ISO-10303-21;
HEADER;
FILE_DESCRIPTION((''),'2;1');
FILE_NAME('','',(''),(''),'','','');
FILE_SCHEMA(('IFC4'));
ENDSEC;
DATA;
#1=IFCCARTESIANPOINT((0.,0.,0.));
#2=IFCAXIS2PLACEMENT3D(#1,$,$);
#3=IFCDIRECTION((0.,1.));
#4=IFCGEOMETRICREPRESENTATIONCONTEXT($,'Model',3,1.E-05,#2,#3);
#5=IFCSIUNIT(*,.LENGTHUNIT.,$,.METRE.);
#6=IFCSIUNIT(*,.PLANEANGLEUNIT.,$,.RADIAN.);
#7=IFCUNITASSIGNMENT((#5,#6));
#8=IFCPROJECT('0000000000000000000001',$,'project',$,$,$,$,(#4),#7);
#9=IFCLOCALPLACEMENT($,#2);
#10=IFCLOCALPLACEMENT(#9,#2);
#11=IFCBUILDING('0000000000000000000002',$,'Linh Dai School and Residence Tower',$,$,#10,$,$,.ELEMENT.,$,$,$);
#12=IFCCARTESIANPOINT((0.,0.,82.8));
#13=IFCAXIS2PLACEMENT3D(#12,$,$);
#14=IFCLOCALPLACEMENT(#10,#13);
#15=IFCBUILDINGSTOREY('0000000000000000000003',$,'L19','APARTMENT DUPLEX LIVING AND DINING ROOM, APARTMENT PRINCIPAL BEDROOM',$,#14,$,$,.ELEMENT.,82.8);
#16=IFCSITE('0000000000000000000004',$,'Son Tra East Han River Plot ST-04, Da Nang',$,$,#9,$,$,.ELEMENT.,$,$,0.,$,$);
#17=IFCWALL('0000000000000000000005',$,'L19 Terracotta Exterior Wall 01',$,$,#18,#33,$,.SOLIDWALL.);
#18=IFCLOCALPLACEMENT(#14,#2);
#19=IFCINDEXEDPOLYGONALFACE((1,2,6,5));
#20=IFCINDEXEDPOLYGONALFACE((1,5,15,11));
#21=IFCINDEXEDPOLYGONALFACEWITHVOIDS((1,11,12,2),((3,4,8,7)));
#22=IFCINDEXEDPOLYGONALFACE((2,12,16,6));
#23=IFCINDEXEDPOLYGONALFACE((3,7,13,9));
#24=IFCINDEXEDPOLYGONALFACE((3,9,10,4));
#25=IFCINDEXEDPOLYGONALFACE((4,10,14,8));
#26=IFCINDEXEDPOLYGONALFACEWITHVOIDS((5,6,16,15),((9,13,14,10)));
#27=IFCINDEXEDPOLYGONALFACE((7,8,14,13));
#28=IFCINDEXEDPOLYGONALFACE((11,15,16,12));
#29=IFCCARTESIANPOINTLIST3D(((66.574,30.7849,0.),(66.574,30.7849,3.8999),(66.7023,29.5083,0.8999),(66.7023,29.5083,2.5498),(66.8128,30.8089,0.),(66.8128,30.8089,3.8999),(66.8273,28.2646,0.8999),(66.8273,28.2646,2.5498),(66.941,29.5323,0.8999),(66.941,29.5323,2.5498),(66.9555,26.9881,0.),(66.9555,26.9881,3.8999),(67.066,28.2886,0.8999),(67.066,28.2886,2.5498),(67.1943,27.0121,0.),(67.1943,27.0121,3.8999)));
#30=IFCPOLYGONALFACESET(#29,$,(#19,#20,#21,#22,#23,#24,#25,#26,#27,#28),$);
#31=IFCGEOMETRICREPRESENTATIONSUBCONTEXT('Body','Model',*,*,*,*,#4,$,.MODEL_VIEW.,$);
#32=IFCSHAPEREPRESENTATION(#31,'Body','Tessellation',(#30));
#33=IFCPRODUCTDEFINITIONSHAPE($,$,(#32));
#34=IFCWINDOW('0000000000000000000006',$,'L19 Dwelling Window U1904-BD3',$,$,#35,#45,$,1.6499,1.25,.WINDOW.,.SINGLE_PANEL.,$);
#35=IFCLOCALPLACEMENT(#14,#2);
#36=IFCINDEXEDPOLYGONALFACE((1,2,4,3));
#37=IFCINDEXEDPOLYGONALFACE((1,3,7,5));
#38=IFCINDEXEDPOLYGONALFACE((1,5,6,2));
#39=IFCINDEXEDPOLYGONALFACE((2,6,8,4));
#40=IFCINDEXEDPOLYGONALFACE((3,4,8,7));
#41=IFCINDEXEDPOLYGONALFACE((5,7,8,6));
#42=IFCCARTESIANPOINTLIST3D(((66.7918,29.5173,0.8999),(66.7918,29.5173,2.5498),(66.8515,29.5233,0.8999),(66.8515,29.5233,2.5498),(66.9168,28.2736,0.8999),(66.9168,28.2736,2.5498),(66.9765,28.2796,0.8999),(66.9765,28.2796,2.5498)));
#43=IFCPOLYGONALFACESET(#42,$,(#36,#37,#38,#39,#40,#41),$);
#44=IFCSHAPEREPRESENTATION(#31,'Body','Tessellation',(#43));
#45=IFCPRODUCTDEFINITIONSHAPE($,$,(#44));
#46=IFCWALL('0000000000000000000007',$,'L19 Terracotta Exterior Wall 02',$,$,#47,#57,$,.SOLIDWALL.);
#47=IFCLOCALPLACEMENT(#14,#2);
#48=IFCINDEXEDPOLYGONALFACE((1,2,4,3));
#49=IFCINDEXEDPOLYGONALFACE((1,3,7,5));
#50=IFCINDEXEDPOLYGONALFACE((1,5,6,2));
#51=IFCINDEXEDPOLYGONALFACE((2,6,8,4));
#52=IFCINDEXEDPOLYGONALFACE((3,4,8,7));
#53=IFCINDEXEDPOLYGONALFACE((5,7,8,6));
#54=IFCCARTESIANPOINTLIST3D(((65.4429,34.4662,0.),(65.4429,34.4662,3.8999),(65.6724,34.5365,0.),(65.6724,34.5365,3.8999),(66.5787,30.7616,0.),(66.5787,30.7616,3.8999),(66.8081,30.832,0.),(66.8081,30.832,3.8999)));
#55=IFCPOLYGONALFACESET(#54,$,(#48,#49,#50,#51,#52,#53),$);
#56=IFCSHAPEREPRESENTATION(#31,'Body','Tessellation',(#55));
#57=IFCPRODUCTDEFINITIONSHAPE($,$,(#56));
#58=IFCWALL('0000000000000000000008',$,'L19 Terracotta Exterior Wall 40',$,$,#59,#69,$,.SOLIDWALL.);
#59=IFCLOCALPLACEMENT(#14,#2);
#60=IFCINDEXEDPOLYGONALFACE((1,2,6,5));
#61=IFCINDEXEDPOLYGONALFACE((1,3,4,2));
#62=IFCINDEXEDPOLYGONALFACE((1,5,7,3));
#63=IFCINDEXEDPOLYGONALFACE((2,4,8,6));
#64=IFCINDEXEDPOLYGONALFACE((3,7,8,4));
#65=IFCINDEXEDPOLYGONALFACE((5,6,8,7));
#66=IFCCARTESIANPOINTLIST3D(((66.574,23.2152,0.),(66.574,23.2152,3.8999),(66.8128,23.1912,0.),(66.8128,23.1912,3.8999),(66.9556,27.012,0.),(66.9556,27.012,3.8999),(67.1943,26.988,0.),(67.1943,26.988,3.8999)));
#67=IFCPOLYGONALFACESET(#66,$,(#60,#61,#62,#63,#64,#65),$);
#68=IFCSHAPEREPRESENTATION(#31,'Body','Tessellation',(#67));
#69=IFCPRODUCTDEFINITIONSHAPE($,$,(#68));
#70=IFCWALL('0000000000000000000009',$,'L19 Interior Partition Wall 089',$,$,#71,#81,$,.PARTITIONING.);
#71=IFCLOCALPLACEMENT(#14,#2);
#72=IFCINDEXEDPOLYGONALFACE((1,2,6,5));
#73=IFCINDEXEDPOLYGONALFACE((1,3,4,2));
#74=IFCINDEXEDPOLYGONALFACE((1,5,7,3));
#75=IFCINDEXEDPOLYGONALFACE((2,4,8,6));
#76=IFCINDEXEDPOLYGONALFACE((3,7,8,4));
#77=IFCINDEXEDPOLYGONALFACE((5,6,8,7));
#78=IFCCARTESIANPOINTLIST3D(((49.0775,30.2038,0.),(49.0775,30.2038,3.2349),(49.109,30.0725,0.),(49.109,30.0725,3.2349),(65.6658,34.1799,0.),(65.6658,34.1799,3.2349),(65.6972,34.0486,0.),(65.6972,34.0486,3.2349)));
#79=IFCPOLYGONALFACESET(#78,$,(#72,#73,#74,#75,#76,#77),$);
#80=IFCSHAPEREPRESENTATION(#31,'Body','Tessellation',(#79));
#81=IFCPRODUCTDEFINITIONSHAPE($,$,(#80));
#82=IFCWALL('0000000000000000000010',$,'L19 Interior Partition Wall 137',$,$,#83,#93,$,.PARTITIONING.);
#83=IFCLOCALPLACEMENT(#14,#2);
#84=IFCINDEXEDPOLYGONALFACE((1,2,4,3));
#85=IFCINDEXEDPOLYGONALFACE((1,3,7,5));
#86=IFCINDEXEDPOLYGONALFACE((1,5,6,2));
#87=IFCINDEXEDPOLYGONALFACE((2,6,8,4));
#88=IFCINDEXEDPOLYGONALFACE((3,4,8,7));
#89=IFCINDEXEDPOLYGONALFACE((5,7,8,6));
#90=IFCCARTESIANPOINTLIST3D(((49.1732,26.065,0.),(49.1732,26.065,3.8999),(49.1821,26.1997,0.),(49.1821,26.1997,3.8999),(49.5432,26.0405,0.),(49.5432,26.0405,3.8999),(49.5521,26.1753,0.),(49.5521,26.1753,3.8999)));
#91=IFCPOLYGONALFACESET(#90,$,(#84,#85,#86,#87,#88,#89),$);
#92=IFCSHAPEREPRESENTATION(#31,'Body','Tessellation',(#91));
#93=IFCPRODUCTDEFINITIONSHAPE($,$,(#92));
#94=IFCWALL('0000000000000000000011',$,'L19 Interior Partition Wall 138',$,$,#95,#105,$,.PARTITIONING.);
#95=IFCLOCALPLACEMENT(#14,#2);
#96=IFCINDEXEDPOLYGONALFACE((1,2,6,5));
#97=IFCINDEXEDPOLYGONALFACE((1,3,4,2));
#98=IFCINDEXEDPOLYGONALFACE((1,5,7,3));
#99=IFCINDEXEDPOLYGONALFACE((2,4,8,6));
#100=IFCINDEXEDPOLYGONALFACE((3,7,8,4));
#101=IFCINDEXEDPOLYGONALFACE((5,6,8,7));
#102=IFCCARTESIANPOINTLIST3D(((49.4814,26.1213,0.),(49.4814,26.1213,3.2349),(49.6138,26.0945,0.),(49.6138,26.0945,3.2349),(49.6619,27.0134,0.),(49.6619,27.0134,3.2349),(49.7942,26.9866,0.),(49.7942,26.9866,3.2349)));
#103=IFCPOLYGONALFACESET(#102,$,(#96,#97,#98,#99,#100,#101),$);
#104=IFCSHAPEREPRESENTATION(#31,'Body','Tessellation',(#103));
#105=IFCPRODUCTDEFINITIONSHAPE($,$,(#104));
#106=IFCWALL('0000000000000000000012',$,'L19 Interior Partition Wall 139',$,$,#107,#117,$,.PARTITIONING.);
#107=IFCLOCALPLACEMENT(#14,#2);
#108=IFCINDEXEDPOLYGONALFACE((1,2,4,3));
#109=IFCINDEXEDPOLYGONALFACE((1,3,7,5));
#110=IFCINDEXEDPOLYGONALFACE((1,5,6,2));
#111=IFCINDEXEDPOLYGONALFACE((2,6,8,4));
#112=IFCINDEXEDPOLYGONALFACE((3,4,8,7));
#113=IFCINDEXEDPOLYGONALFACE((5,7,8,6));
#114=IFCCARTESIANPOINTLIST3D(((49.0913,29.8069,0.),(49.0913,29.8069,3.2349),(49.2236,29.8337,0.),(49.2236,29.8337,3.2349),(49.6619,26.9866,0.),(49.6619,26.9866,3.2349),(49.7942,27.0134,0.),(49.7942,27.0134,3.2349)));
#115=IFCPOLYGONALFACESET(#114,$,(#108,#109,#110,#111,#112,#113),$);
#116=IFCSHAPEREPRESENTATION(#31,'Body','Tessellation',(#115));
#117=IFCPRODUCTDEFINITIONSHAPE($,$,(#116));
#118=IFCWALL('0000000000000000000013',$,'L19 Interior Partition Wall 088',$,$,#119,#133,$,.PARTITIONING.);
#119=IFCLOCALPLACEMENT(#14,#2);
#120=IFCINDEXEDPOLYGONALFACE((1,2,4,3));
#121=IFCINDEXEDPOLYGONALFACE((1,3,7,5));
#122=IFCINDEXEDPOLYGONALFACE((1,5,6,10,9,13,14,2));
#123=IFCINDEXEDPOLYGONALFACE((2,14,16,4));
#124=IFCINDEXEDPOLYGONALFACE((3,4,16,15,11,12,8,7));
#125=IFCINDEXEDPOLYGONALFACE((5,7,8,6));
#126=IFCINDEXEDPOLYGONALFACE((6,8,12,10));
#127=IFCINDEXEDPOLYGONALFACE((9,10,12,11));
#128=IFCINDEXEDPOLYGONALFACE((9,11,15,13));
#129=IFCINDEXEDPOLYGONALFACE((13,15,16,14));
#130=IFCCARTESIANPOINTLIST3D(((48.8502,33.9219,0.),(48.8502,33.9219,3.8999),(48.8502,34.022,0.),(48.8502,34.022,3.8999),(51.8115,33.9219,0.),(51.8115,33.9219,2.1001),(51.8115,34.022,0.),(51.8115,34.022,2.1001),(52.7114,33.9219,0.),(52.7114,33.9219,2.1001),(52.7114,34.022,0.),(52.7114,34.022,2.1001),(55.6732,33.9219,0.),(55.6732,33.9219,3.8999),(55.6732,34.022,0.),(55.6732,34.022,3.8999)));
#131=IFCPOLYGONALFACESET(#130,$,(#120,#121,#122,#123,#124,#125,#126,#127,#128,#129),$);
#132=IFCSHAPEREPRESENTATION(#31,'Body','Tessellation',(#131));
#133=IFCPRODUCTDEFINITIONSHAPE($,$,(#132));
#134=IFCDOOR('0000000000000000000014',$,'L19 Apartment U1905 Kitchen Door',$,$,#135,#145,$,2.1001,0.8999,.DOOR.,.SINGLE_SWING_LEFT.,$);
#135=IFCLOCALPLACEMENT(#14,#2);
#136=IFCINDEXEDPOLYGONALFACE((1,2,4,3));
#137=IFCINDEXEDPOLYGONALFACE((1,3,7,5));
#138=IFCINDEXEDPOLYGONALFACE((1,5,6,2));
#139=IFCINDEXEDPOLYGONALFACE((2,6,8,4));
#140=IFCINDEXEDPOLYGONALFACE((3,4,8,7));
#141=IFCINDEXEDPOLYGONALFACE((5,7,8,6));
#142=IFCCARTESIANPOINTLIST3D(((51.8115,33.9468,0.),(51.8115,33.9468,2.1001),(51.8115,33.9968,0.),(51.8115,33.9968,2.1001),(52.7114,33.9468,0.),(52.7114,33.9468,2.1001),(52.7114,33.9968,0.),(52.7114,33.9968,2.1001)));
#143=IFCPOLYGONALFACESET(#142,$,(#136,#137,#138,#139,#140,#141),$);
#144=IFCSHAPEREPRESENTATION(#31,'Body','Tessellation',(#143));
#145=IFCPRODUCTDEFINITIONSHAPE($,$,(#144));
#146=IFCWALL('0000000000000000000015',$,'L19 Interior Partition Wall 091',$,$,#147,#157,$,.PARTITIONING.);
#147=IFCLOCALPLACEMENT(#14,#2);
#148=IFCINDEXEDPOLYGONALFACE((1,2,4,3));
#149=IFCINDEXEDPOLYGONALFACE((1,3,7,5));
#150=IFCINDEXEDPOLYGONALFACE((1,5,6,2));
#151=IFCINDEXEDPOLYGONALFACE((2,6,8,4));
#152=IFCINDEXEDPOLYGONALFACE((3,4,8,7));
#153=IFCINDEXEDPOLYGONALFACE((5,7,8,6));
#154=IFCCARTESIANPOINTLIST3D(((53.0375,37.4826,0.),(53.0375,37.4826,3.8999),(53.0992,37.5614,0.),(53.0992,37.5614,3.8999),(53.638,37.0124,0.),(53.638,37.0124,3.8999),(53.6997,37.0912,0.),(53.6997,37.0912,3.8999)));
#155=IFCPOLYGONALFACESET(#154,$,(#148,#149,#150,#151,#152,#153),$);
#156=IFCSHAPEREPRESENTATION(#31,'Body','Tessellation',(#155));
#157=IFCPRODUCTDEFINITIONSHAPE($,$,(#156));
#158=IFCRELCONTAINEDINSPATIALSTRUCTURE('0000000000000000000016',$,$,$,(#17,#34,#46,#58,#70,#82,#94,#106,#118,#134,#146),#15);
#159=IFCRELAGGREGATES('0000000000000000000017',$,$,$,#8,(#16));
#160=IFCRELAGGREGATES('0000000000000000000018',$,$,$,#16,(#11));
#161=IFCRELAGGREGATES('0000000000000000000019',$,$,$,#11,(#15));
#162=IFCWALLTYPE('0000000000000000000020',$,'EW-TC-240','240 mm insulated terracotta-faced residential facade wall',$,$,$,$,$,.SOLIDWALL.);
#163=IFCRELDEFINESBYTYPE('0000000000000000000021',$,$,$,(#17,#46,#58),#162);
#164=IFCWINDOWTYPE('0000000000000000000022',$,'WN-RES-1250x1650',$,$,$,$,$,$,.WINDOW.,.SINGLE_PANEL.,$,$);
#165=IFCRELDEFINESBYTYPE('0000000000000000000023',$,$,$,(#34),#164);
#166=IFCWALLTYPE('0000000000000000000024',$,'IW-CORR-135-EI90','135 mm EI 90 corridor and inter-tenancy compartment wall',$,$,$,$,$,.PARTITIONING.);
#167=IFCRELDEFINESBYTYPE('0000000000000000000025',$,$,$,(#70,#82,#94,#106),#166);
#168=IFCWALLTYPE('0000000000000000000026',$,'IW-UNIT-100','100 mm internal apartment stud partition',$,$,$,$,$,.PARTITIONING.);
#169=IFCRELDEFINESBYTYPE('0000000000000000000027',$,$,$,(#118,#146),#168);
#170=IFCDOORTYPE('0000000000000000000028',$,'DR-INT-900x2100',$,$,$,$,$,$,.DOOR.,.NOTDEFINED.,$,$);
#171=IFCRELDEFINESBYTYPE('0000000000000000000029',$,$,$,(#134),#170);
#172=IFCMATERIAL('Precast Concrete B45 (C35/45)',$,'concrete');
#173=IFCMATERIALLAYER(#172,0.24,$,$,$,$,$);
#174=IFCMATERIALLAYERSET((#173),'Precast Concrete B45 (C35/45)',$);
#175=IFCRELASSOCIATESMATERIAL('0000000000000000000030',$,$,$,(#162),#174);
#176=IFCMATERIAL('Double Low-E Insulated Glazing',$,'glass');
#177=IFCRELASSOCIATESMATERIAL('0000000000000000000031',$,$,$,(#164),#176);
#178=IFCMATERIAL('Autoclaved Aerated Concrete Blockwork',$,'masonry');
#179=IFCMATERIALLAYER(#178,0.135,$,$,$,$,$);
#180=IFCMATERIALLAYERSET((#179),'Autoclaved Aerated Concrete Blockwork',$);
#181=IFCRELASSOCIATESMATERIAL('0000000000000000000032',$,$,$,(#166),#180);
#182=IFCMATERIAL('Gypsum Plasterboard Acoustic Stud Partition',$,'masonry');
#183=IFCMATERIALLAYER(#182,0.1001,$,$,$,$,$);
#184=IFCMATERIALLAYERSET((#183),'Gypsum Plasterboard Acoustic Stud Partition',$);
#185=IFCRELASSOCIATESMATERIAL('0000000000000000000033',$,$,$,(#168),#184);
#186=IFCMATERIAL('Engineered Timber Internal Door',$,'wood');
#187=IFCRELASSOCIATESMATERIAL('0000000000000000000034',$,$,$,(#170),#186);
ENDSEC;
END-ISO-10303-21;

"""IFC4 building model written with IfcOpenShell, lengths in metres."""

from ifc_helpers import new_model, si_unit, direction, frame, frame_2d, origin, origin_2d, place, context, subcontext, project, spatial, rectangle, extrude, source, transform, mapped, material, layer, layer_set, type_object, element, fill, save


model = new_model("IFC4")

# Units and contexts
model_context = context("Model", 3, precision=1e-05, world=origin(), true_north=direction((0.0, 1.0)))
body_context = subcontext(model_context, "Body", "Model", "MODEL_VIEW")
ifc_project = project(units=[si_unit("LENGTHUNIT", "METRE"), si_unit("PLANEANGLEUNIT", "RADIAN")], contexts=[model_context])

# Site, building, storey
site_placement = place(None, origin())
site = spatial("IfcSite", under=ifc_project, at=site_placement, Name="Son Tra East Han River Plot ST-04, Da Nang", CompositionType="ELEMENT", RefElevation=0.0)
building_placement = place(site_placement, origin())
building = spatial("IfcBuilding", under=site, at=building_placement, Name="Linh Dai School and Residence Tower", CompositionType="ELEMENT")
storey_placement = place(building_placement, frame((0.0, 0.0, 82.8)))
storey = spatial("IfcBuildingStorey", under=building, at=storey_placement, Name="L19", Description="APARTMENT DUPLEX LIVING AND DINING ROOM, APARTMENT PRINCIPAL BEDROOM", CompositionType="ELEMENT", Elevation=82.8)

# Shared definitions
ifc_material_1 = material(Name="Precast Concrete B45 (C35/45)", Category="concrete")

# Wall, opening, window
ifc_layer_1 = layer(ifc_material_1, 0.24)
ifc_layer_set_1 = layer_set([ifc_layer_1], Name="Precast Concrete B45 (C35/45)")
wall_type_1 = type_object("IfcWallType", Name="EW-TC-240", Description="240 mm insulated terracotta-faced residential facade wall", PredefinedType="SOLIDWALL", material=ifc_layer_set_1)
wall_1_placement = place(storey_placement, frame((66.6934, 30.7969, 0.0), z_axis=(0.0, 0.0, 1.0), x_axis=(0.099998, -0.994988, 0.0)))
wall_1 = element("IfcWall", 1, at=wall_1_placement, inside=storey, type_object=wall_type_1, Name="L19 Terracotta Exterior Wall 01", PredefinedType="SOLIDWALL", context=body_context, shape_type="SweptSolid", body=[
    extrude(rectangle(XDim=3.8159, YDim=0.24, at=frame_2d((1.908, 0.0))), origin(), (0.0, 0.0, 1.0), 3.8999),
])
opening_1_placement = place(wall_1_placement, frame((1.283, 0.0, 0.8999)))
opening_1 = element("IfcOpeningElement", 2, at=opening_1_placement, cuts=wall_1, PredefinedType="OPENING", context=body_context, shape_type="SweptSolid", body=[
    extrude(rectangle(XDim=1.25, YDim=1.6499, at=origin_2d()), frame((0.625, 0.1299, 0.825), z_axis=(0.0, -1.0, 0.0), x_axis=(1.0, 0.0, 0.0)), (0.0, 0.0, 1.0), 0.26),
])
ifc_material_2 = material(Name="Double Low-E Insulated Glazing", Category="glass")
window_type = type_object("IfcWindowType", Name="WN-RES-1250x1650", PartitioningType="SINGLE_PANEL", PredefinedType="WINDOW", material=ifc_material_2)
shared_shape_1 = source(origin(), body_context, "Body", "SweptSolid", [
    extrude(rectangle(XDim=1.25, YDim=1.6499, at=origin_2d()), frame((0.625, 0.03, 0.825), z_axis=(0.0, -1.0, 0.0), x_axis=(1.0, 0.0, 0.0)), (0.0, 0.0, 1.0), 0.0601),
])
window_placement = place(opening_1_placement, origin())
window = element("IfcWindow", 3, at=window_placement, inside=storey, type_object=window_type, Name="L19 Dwelling Window U1904-BD3", OverallHeight=1.6499, OverallWidth=1.25, PartitioningType="SINGLE_PANEL", PredefinedType="WINDOW", context=body_context, shape_type="MappedRepresentation", body=[
    mapped(shared_shape_1, transform((0.0, 0.0, 0.0), x_axis=(1.0, 0.0, 0.0), y_axis=(0.0, 1.0, 0.0), z_axis=(0.0, 0.0, 1.0), scale=1.0)),
])
fill(opening_1, window)

# Walls
wall_2_placement = place(storey_placement, frame((65.5576, 34.5015, 0.0), z_axis=(0.0, 0.0, 1.0), x_axis=(0.293112, -0.956078, 0.0)))
element("IfcWall", 4, at=wall_2_placement, inside=storey, type_object=wall_type_1, Name="L19 Terracotta Exterior Wall 02", PredefinedType="SOLIDWALL", context=body_context, shape_type="SweptSolid", body=[
    extrude(rectangle(XDim=3.8748, YDim=0.24, at=frame_2d((1.9375, 0.0))), origin(), (0.0, 0.0, 1.0), 3.8999),
])
wall_3_placement = place(storey_placement, frame((67.075, 27.0, 0.0), z_axis=(0.0, 0.0, 1.0), x_axis=(-0.099998, -0.994988, 0.0)))
element("IfcWall", 5, at=wall_3_placement, inside=storey, type_object=wall_type_1, Name="L19 Terracotta Exterior Wall 40", PredefinedType="SOLIDWALL", context=body_context, shape_type="SweptSolid", body=[
    extrude(rectangle(XDim=3.8159, YDim=0.24, at=frame_2d((1.908, 0.0))), origin(), (0.0, 0.0, 1.0), 3.8999),
])
ifc_material_3 = material(Name="Autoclaved Aerated Concrete Blockwork", Category="masonry")
ifc_layer_2 = layer(ifc_material_3, 0.135)
ifc_layer_set_2 = layer_set([ifc_layer_2], Name="Autoclaved Aerated Concrete Blockwork")
wall_type_2 = type_object("IfcWallType", Name="IW-CORR-135-EI90", Description="135 mm EI 90 corridor and inter-tenancy compartment wall", PredefinedType="PARTITIONING", material=ifc_layer_set_2)
wall_4_placement = place(storey_placement, frame((49.0933, 30.1382, 0.0), z_axis=(0.0, 0.0, 1.0), x_axis=(0.972455, 0.233091, 0.0)))
element("IfcWall", 6, at=wall_4_placement, inside=storey, type_object=wall_type_2, Name="L19 Interior Partition Wall 089", PredefinedType="PARTITIONING", context=body_context, shape_type="SweptSolid", body=[
    extrude(rectangle(XDim=17.0581, YDim=0.135, at=frame_2d((8.5291, 0.0))), origin(), (0.0, 0.0, 1.0), 3.2349),
])
wall_5_placement = place(storey_placement, frame((49.1775, 26.1323, 0.0), z_axis=(0.0, 0.0, 1.0), x_axis=(0.997832, -0.06582, 0.0)))
element("IfcWall", 7, at=wall_5_placement, inside=storey, type_object=wall_type_2, Name="L19 Interior Partition Wall 137", PredefinedType="PARTITIONING", context=body_context, shape_type="SweptSolid", body=[
    extrude(rectangle(XDim=0.3708, YDim=0.135, at=frame_2d((0.1855, 0.0))), origin(), (0.0, 0.0, 1.0), 3.8999),
])
wall_6_placement = place(storey_placement, frame((49.5476, 26.1079, 0.0), z_axis=(0.0, 0.0, 1.0), x_axis=(0.198231, 0.980155, 0.0)))
element("IfcWall", 8, at=wall_6_placement, inside=storey, type_object=wall_type_2, Name="L19 Interior Partition Wall 138", PredefinedType="PARTITIONING", context=body_context, shape_type="SweptSolid", body=[
    extrude(rectangle(XDim=0.9102, YDim=0.135, at=frame_2d((0.4551, 0.0))), origin(), (0.0, 0.0, 1.0), 3.2349),
])
wall_7_placement = place(storey_placement, frame((49.728, 27.0, 0.0), z_axis=(0.0, 0.0, 1.0), x_axis=(-0.198286, 0.980144, 0.0)))
element("IfcWall", 9, at=wall_7_placement, inside=storey, type_object=wall_type_2, Name="L19 Interior Partition Wall 139", PredefinedType="PARTITIONING", context=body_context, shape_type="SweptSolid", body=[
    extrude(rectangle(XDim=2.8774, YDim=0.135, at=frame_2d((1.4387, 0.0))), origin(), (0.0, 0.0, 1.0), 3.2349),
])

# Wall, opening, door
ifc_material_4 = material(Name="Gypsum Plasterboard Acoustic Stud Partition", Category="masonry")
ifc_layer_3 = layer(ifc_material_4, 0.1001)
ifc_layer_set_3 = layer_set([ifc_layer_3], Name="Gypsum Plasterboard Acoustic Stud Partition")
wall_type_3 = type_object("IfcWallType", Name="IW-UNIT-100", Description="100 mm internal apartment stud partition", PredefinedType="PARTITIONING", material=ifc_layer_set_3)
wall_8_placement = place(storey_placement, frame((48.8501, 33.9719, 0.0), z_axis=(0.0, 0.0, 1.0), x_axis=(1.0, 0.0, 0.0)))
wall_8 = element("IfcWall", 10, at=wall_8_placement, inside=storey, type_object=wall_type_3, Name="L19 Interior Partition Wall 088", PredefinedType="PARTITIONING", context=body_context, shape_type="SweptSolid", body=[
    extrude(rectangle(XDim=6.823, YDim=0.1001, at=frame_2d((3.4116, 0.0))), origin(), (0.0, 0.0, 1.0), 3.8999),
])
opening_2_placement = place(wall_8_placement, frame((2.9614, 0.0, 0.0)))
opening_2 = element("IfcOpeningElement", 11, at=opening_2_placement, cuts=wall_8, PredefinedType="OPENING", context=body_context, shape_type="SweptSolid", body=[
    extrude(rectangle(XDim=0.8999, YDim=2.1001, at=origin_2d()), frame((0.45, 0.0601, 1.05), z_axis=(0.0, -1.0, 0.0), x_axis=(1.0, 0.0, 0.0)), (0.0, 0.0, 1.0), 0.1201),
])
ifc_material_5 = material(Name="Engineered Timber Internal Door", Category="wood")
door_type = type_object("IfcDoorType", Name="DR-INT-900x2100", OperationType="NOTDEFINED", PredefinedType="DOOR", material=ifc_material_5)
shared_shape_2 = source(origin(), body_context, "Body", "SweptSolid", [
    extrude(rectangle(XDim=0.8999, YDim=2.1001, at=origin_2d()), frame((0.45, 0.0249, 1.05), z_axis=(0.0, -1.0, 0.0), x_axis=(1.0, 0.0, 0.0)), (0.0, 0.0, 1.0), 0.05),
])
door_1_placement = place(opening_2_placement, origin())
door_1 = element("IfcDoor", 12, at=door_1_placement, inside=storey, type_object=door_type, Name="L19 Apartment U1905 Kitchen Door", OperationType="SINGLE_SWING_LEFT", OverallHeight=2.1001, OverallWidth=0.8999, PredefinedType="DOOR", context=body_context, shape_type="MappedRepresentation", body=[
    mapped(shared_shape_2, transform((0.0, 0.0, 0.0), x_axis=(1.0, 0.0, 0.0), y_axis=(0.0, 1.0, 0.0), z_axis=(0.0, 0.0, 1.0), scale=1.0)),
])
fill(opening_2, door_1)

# Wall
wall_9_placement = place(storey_placement, frame((53.0684, 37.522, 0.0), z_axis=(0.0, 0.0, 1.0), x_axis=(0.787383, -0.616464, 0.0)))
element("IfcWall", 13, at=wall_9_placement, inside=storey, type_object=wall_type_3, Name="L19 Interior Partition Wall 091", PredefinedType="PARTITIONING", context=body_context, shape_type="SweptSolid", body=[
    extrude(rectangle(XDim=0.7627, YDim=0.1001, at=frame_2d((0.3813, 0.0))), origin(), (0.0, 0.0, 1.0), 3.8999),
])

save(model, "model.ifc")
